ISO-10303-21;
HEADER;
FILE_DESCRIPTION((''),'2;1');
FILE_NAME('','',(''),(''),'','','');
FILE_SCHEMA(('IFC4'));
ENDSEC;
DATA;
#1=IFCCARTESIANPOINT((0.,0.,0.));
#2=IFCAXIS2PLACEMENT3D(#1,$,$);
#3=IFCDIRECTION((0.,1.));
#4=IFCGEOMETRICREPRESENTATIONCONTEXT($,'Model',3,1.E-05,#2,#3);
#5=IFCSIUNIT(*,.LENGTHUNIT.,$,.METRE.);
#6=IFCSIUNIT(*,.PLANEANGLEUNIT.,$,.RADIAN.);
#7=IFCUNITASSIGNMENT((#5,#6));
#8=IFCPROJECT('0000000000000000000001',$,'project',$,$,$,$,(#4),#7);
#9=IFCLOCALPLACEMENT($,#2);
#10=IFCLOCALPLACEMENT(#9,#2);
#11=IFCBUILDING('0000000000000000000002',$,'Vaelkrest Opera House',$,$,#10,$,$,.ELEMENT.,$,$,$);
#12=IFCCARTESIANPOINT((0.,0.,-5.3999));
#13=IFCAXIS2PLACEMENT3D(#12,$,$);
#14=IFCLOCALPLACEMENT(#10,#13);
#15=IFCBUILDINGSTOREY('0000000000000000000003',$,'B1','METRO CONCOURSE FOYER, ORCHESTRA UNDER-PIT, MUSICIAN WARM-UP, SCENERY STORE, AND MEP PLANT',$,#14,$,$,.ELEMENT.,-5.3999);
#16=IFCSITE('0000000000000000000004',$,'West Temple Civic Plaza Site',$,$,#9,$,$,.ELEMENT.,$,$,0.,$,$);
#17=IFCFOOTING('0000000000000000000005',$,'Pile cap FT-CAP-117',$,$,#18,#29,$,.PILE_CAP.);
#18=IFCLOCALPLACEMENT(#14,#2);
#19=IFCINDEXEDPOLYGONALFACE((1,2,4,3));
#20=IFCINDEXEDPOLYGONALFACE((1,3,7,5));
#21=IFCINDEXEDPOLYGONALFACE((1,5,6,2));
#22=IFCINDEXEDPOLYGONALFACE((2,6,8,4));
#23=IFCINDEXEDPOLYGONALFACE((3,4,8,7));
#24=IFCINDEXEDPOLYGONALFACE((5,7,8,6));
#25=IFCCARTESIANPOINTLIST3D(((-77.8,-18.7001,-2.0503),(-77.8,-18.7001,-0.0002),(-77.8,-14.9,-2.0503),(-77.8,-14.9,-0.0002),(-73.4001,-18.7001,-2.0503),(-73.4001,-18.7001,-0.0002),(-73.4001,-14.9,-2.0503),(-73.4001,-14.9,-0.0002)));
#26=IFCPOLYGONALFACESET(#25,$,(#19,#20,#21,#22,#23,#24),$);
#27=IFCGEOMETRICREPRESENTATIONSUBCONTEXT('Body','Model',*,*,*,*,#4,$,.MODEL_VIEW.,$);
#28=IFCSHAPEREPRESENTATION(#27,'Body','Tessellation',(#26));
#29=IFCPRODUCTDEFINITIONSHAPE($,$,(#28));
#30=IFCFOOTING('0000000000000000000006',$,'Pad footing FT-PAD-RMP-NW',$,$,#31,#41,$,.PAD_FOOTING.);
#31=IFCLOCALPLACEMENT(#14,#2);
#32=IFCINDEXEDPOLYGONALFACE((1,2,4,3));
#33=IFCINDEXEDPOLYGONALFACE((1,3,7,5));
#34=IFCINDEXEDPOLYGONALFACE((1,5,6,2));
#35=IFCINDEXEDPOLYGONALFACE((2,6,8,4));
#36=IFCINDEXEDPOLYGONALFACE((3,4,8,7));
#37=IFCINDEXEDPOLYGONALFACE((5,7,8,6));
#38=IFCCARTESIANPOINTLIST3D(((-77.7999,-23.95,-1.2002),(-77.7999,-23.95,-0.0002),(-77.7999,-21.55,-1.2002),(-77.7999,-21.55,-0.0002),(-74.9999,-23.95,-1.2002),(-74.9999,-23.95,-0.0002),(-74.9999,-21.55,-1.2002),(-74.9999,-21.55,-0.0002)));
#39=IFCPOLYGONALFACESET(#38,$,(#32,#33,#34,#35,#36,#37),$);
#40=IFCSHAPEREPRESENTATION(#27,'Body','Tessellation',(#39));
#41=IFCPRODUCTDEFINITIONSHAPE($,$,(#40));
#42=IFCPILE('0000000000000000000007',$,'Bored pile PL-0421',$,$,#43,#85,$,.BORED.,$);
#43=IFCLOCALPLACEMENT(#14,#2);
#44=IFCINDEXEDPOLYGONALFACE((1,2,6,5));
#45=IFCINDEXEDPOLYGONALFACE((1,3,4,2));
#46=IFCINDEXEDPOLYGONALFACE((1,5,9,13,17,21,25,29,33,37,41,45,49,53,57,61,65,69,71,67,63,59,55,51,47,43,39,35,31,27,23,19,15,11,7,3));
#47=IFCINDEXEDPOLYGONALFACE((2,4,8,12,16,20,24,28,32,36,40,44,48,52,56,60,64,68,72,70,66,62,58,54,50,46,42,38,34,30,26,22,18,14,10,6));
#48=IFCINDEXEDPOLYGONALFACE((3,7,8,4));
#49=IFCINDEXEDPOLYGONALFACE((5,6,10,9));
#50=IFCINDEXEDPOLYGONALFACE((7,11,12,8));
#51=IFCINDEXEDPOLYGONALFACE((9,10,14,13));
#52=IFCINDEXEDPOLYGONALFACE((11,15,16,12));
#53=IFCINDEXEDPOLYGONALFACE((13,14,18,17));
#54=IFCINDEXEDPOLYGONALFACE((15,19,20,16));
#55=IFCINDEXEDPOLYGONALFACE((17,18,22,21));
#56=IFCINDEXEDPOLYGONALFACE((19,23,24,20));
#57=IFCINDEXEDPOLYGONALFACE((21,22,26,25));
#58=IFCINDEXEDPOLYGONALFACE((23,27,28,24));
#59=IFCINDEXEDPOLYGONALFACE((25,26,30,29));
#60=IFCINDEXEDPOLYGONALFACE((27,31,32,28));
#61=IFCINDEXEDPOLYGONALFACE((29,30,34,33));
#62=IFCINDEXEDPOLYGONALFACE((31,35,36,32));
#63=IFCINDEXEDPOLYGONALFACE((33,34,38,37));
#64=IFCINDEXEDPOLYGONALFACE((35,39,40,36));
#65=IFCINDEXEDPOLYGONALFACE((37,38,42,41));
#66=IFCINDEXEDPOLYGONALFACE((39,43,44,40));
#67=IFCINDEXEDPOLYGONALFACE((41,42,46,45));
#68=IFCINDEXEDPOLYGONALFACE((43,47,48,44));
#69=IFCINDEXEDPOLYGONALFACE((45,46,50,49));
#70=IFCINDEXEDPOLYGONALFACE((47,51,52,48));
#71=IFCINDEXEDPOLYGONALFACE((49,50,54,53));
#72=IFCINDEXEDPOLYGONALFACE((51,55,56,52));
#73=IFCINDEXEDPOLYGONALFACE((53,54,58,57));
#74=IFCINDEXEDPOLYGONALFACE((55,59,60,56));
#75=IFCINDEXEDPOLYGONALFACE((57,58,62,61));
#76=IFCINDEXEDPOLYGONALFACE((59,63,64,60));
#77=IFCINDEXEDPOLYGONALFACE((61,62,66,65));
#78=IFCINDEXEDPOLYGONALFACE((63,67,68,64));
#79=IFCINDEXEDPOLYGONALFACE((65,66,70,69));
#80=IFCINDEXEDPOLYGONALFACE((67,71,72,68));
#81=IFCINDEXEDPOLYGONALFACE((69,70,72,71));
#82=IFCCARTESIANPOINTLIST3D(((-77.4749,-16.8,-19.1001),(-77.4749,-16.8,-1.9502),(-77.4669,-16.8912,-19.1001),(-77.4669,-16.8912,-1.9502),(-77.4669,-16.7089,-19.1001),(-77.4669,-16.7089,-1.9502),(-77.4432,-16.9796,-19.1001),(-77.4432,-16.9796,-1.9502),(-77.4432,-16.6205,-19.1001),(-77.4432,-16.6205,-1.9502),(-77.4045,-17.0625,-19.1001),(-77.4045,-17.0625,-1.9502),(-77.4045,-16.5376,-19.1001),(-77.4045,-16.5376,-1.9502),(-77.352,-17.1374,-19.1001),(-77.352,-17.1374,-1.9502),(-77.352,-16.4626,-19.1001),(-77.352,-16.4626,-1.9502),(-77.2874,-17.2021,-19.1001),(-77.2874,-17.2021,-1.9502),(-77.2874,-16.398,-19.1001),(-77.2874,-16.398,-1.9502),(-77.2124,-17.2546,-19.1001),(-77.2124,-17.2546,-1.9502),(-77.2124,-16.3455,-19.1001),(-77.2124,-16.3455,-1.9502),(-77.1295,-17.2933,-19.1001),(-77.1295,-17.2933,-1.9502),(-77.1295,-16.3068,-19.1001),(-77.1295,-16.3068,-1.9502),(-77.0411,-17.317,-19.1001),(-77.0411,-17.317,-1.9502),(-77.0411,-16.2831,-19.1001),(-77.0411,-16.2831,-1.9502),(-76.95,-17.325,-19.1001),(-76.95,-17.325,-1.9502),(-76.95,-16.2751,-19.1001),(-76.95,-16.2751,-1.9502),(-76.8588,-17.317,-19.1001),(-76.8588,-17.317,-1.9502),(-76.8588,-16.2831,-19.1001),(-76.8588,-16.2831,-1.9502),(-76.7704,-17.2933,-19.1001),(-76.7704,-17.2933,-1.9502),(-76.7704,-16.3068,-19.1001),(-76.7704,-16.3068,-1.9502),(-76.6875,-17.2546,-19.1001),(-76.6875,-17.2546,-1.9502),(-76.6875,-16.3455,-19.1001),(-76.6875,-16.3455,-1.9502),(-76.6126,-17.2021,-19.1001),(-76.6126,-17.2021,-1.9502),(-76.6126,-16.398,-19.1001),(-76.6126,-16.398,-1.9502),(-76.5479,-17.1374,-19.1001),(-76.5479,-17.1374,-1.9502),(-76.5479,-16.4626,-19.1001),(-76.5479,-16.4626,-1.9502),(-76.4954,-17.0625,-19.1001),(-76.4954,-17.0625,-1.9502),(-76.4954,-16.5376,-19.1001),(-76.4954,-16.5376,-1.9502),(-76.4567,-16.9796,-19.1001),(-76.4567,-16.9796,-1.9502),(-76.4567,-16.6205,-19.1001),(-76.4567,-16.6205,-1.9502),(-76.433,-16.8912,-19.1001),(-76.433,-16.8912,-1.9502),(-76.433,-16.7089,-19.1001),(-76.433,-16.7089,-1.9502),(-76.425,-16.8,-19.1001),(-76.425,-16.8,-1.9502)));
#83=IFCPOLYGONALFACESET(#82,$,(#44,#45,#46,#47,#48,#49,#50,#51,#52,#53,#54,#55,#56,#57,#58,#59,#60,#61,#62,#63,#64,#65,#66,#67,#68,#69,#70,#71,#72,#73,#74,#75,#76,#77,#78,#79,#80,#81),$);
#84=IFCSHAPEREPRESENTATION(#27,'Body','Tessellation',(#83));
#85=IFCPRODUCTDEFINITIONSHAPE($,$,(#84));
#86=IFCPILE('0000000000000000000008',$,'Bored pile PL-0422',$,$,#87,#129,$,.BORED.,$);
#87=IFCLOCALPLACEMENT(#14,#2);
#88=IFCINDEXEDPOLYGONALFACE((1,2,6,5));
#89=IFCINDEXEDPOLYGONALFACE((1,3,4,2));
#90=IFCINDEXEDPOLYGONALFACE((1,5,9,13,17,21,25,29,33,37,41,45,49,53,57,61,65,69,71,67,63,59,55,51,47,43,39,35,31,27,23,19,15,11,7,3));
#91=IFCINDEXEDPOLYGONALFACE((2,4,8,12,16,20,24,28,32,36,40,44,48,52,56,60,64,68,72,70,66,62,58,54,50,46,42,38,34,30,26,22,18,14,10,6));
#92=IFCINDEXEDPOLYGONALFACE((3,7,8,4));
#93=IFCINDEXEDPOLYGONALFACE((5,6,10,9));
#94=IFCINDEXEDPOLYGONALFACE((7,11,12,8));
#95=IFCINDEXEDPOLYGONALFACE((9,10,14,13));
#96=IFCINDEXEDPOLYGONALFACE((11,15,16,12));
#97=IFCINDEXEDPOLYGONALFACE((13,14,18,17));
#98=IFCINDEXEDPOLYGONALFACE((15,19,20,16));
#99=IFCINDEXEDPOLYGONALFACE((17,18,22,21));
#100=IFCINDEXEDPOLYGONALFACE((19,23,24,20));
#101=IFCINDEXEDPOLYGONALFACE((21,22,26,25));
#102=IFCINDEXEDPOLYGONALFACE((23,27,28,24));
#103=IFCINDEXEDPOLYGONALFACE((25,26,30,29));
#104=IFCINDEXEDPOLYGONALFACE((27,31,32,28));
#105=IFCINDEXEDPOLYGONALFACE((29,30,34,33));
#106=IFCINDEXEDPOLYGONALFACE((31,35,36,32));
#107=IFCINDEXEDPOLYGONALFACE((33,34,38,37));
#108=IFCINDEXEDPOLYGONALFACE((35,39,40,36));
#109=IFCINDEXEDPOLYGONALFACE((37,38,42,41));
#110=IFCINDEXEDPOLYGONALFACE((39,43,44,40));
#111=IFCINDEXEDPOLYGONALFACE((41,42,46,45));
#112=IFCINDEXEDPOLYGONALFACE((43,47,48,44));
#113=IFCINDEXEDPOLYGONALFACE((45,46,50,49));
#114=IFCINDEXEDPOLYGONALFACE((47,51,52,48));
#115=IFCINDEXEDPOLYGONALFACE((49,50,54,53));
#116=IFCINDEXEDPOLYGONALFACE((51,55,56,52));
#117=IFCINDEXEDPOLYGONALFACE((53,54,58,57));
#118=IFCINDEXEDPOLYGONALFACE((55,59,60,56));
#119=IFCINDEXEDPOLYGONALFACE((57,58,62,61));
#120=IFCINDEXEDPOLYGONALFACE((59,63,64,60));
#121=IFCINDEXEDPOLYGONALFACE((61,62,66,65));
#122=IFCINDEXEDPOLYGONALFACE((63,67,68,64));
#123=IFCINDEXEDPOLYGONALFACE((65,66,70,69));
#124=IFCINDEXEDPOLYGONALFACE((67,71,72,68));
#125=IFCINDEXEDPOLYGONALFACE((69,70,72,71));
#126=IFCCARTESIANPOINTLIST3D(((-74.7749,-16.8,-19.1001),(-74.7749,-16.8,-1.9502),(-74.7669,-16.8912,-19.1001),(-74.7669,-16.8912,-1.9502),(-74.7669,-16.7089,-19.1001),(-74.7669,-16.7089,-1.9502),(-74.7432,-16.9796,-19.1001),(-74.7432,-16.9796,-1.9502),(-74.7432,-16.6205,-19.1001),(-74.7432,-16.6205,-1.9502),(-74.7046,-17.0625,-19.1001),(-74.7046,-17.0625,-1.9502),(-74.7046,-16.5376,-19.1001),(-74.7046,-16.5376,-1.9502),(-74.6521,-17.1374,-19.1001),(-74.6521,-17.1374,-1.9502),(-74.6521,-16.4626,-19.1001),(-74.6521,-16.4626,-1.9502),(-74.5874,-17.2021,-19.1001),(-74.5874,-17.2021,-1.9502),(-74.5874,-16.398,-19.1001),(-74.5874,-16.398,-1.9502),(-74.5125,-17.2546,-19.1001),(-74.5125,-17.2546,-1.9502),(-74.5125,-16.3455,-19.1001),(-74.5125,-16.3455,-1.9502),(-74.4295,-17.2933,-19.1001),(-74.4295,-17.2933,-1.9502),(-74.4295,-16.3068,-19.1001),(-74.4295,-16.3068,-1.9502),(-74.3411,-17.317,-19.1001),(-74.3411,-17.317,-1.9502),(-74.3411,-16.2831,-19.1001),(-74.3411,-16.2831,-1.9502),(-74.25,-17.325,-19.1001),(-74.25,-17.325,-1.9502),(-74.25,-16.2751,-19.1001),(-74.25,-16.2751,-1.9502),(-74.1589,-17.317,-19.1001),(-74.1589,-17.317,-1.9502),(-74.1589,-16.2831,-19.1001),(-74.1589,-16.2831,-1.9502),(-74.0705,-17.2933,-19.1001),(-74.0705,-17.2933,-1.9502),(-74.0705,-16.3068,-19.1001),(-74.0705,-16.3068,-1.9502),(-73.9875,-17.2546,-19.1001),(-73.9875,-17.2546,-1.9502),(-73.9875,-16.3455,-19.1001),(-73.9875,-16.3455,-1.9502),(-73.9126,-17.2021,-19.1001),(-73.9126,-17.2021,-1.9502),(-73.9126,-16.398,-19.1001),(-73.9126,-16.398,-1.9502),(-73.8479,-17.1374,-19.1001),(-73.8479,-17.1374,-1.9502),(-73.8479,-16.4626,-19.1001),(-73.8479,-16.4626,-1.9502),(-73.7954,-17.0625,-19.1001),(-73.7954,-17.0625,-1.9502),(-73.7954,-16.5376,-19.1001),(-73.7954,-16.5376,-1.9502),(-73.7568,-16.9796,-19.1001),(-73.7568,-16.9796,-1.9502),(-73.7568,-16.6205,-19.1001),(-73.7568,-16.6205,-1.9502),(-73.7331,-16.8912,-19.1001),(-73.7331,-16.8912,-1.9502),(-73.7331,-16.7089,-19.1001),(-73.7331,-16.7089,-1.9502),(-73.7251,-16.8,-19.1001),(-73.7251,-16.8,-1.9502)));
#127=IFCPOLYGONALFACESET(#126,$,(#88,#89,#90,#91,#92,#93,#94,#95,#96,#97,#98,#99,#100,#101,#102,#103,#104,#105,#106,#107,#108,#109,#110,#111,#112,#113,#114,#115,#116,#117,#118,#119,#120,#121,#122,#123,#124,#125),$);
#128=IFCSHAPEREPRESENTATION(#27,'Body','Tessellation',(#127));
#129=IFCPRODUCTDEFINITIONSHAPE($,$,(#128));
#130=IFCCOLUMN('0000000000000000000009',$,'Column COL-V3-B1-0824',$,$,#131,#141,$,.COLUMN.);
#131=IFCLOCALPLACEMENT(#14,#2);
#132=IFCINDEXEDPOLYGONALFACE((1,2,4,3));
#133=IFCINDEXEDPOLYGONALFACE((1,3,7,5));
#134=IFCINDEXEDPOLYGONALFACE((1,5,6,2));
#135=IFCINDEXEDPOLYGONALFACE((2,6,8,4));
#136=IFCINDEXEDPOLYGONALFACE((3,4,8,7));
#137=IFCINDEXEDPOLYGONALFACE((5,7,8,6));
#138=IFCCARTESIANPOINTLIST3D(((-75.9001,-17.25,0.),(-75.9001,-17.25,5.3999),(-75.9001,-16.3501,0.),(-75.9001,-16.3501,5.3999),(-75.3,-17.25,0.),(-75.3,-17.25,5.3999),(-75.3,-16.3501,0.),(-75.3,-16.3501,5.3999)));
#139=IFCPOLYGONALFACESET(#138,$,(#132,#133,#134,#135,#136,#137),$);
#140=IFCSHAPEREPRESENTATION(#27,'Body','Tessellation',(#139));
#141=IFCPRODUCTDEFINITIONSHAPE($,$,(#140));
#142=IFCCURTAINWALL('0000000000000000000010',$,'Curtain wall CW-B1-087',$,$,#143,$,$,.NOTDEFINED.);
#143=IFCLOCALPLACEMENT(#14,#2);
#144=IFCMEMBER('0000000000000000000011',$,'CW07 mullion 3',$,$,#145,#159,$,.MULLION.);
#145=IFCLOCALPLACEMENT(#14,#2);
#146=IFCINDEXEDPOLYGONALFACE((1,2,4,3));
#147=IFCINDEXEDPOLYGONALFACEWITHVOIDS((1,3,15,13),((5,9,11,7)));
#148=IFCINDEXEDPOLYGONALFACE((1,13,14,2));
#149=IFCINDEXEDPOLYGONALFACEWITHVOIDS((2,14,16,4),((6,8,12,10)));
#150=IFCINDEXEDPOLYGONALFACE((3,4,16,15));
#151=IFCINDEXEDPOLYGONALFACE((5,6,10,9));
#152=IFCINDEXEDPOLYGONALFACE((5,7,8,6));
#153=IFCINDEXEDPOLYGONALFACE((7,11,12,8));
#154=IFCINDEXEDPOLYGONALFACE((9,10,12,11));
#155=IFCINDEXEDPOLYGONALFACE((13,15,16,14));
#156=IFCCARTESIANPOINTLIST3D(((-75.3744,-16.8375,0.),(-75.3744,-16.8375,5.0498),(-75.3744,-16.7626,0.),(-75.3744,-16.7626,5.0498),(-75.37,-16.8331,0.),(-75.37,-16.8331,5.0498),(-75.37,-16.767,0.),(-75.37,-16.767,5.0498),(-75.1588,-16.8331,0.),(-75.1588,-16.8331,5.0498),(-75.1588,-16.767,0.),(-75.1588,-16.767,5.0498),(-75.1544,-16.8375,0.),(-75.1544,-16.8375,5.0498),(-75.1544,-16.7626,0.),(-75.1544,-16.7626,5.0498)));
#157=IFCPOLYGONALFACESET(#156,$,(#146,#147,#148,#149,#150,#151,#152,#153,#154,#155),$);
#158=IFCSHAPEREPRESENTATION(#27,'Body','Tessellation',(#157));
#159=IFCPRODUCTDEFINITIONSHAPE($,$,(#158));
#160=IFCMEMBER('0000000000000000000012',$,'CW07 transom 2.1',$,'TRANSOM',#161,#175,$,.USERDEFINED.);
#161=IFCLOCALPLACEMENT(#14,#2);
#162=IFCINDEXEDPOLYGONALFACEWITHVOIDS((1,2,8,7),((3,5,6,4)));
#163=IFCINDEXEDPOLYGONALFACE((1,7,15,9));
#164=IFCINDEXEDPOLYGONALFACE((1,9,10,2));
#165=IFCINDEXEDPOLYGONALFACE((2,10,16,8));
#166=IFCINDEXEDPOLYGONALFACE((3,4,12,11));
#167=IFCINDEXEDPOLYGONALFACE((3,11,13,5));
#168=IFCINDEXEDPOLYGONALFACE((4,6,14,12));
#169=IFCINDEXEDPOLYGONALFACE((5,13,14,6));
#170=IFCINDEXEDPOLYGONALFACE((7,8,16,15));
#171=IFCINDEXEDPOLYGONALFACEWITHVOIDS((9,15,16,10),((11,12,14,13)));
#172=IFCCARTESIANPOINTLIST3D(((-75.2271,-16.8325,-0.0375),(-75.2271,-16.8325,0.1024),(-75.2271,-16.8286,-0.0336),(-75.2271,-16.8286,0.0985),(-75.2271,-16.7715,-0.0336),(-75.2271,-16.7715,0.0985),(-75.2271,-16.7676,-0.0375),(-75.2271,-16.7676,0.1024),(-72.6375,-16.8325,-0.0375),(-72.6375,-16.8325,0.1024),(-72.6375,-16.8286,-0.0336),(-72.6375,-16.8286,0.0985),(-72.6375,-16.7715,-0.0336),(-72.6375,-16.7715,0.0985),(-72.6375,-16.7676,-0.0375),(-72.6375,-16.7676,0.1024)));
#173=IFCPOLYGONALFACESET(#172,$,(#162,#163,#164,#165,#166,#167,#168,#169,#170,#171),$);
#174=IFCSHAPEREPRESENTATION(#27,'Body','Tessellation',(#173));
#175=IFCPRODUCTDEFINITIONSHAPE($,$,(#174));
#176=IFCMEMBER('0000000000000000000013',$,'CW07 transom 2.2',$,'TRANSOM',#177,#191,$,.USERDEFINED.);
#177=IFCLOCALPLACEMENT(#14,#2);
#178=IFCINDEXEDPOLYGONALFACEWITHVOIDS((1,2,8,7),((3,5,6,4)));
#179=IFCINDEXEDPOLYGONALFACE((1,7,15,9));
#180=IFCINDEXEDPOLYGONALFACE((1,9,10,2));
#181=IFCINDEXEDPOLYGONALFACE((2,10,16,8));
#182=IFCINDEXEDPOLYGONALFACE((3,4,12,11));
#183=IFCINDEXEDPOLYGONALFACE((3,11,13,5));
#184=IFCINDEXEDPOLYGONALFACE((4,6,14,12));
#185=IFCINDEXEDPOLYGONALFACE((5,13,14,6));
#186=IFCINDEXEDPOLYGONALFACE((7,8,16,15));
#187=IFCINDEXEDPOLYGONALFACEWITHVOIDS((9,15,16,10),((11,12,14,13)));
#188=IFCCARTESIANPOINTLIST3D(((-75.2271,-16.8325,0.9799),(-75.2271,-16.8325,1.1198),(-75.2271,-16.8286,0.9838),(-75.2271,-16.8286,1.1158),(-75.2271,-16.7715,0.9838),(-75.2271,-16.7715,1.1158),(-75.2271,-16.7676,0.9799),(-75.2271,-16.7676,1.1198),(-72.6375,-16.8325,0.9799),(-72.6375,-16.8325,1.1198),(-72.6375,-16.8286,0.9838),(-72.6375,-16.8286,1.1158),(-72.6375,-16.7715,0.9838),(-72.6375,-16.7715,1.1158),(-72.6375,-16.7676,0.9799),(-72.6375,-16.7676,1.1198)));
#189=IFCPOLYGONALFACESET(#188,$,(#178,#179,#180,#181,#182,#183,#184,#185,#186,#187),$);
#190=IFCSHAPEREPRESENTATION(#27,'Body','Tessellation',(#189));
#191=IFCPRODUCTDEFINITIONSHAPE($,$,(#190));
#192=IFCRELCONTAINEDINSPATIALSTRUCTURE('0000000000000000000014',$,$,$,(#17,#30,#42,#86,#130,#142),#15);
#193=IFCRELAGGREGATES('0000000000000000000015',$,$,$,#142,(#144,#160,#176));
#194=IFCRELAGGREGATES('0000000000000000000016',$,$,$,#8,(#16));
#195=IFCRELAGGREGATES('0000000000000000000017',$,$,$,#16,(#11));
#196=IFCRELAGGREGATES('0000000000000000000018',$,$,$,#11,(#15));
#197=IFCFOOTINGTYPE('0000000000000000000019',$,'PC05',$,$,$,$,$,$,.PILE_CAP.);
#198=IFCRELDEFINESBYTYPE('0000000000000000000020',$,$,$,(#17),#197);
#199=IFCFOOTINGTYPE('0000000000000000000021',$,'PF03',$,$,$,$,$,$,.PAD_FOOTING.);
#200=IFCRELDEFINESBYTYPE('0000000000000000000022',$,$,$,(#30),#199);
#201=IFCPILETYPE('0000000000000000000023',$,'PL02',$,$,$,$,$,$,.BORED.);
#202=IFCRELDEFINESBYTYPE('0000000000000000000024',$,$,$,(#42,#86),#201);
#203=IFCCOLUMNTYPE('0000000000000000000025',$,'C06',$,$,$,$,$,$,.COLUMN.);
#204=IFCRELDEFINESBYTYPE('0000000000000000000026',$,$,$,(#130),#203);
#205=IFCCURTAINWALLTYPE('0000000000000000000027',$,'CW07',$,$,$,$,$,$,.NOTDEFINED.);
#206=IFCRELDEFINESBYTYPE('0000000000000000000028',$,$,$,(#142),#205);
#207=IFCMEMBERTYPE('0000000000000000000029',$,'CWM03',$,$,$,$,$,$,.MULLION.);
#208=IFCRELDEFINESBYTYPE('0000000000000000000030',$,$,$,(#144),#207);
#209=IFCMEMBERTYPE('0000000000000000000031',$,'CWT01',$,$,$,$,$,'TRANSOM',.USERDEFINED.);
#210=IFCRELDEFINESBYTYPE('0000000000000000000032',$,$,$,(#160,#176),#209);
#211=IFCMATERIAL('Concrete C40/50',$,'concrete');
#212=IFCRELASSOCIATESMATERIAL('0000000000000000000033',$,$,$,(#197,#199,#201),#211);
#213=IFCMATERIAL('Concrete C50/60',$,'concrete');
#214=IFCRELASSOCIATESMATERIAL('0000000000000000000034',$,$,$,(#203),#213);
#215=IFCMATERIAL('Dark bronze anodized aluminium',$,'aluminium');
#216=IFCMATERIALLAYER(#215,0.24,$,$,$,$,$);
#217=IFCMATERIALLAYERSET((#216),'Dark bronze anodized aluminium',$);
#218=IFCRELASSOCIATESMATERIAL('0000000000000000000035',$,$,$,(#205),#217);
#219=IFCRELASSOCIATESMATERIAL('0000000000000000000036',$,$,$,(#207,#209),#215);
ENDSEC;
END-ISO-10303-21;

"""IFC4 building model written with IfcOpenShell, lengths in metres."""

from ifc_helpers import new_model, si_unit, direction, frame, origin, origin_2d, place, context, subcontext, project, spatial, rectangle, hollow_rectangle, circle, extrude, material, layer, layer_set, material_profile, profile_set, type_object, element, aggregate, save


model = new_model("IFC4")

# Units and contexts
model_context = context("Model", 3, precision=1e-05, world=origin(), true_north=direction((0.0, 1.0)))
body_context = subcontext(model_context, "Body", "Model", "MODEL_VIEW")
ifc_project = project(units=[si_unit("LENGTHUNIT", "METRE"), si_unit("PLANEANGLEUNIT", "RADIAN")], contexts=[model_context])

# Site, building, storey
site_placement = place(None, origin())
site = spatial("IfcSite", under=ifc_project, at=site_placement, Name="West Temple Civic Plaza Site", CompositionType="ELEMENT", RefElevation=0.0)
building_placement = place(site_placement, origin())
building = spatial("IfcBuilding", under=site, at=building_placement, Name="Vaelkrest Opera House", CompositionType="ELEMENT")
storey_placement = place(building_placement, frame((0.0, 0.0, -5.3999)))
storey = spatial("IfcBuildingStorey", under=building, at=storey_placement, Name="B1", Description="METRO CONCOURSE FOYER, ORCHESTRA UNDER-PIT, MUSICIAN WARM-UP, SCENERY STORE, AND MEP PLANT", CompositionType="ELEMENT", Elevation=-5.3999)

# Footings
ifc_material_1 = material(Name="Concrete C40/50", Category="concrete")
footing_type_1 = type_object("IfcFootingType", Name="PC05", PredefinedType="PILE_CAP", material=ifc_material_1)
footing_1_placement = place(storey_placement, frame((-75.6001, -16.8, -2.0503), z_axis=(0.0, 0.0, 1.0), x_axis=(1.0, 0.0, 0.0)))
element("IfcFooting", 1, at=footing_1_placement, inside=storey, type_object=footing_type_1, Name="Pile cap FT-CAP-117", PredefinedType="PILE_CAP", context=body_context, shape_type="SweptSolid", body=[
    extrude(rectangle(XDim=4.3999, YDim=3.8, at=origin_2d()), origin(), (0.0, 0.0, 1.0), 2.05),
])
footing_type_2 = type_object("IfcFootingType", Name="PF03", PredefinedType="PAD_FOOTING", material=ifc_material_1)
footing_2_placement = place(storey_placement, frame((-76.3999, -22.75, -1.2002), z_axis=(0.0, 0.0, 1.0), x_axis=(1.0, 0.0, 0.0)))
element("IfcFooting", 2, at=footing_2_placement, inside=storey, type_object=footing_type_2, Name="Pad footing FT-PAD-RMP-NW", PredefinedType="PAD_FOOTING", context=body_context, shape_type="SweptSolid", body=[
    extrude(rectangle(XDim=2.8, YDim=2.3999, at=origin_2d()), origin(), (0.0, 0.0, 1.0), 1.2),
])

# Piles
ifc_material_profile_1 = material_profile(ifc_material_1, circle(Radius=0.5249, at=origin_2d()), Name="PILE1050")
ifc_profile_set_1 = profile_set([ifc_material_profile_1], Name="Concrete C40/50")
pile_type = type_object("IfcPileType", Name="PL02", PredefinedType="BORED", material=ifc_profile_set_1)
for number, where, z_axis, x_axis, name in (
    (3, (-76.95, -16.8, -1.9502), (0.0, 0.0, -1.0), (1.0, 0.0, 0.0), "Bored pile PL-0421"),
    (4, (-74.25, -16.8, -1.9502), (0.0, 0.0, -1.0), (1.0, 0.0, 0.0), "Bored pile PL-0422"),
):
    element("IfcPile", number, at=place(storey_placement, frame(where, z_axis=z_axis, x_axis=x_axis)), inside=storey, type_object=pile_type, Name=name, PredefinedType="BORED", context=body_context, shape_type="SweptSolid", body=[
        extrude(circle(Radius=0.5249, at=origin_2d()), origin(), (0.0, 0.0, 1.0), 17.1499),
    ])

# Column
ifc_material_2 = material(Name="Concrete C50/60", Category="concrete")
ifc_material_profile_2 = material_profile(ifc_material_2, rectangle(XDim=0.6001, YDim=0.8999, at=origin_2d()), Name="RC600X900")
ifc_profile_set_2 = profile_set([ifc_material_profile_2], Name="Concrete C50/60")
column_type = type_object("IfcColumnType", Name="C06", PredefinedType="COLUMN", material=ifc_profile_set_2)
column_placement = place(storey_placement, frame((-75.6001, -16.8, 0.0), z_axis=(0.0, 0.0, 1.0), x_axis=(1.0, 0.0, 0.0)))
element("IfcColumn", 5, at=column_placement, inside=storey, type_object=column_type, Name="Column COL-V3-B1-0824", PredefinedType="COLUMN", context=body_context, shape_type="SweptSolid", body=[
    extrude(rectangle(XDim=0.6001, YDim=0.8999, at=origin_2d()), origin(), (0.0, 0.0, 1.0), 5.3999),
])

# Curtain wall, members
ifc_material_3 = material(Name="Dark bronze anodized aluminium", Category="aluminium")
ifc_layer_1 = layer(ifc_material_3, 0.24)
ifc_layer_set_1 = layer_set([ifc_layer_1], Name="Dark bronze anodized aluminium")
curtain_wall_type = type_object("IfcCurtainWallType", Name="CW07", PredefinedType="NOTDEFINED", material=ifc_layer_set_1)
curtain_wall_placement = place(storey_placement, origin())
curtain_wall = element("IfcCurtainWall", 6, at=curtain_wall_placement, inside=storey, type_object=curtain_wall_type, Name="Curtain wall CW-B1-087", PredefinedType="NOTDEFINED")
ifc_material_profile_3 = material_profile(ifc_material_3, hollow_rectangle(XDim=0.075, YDim=0.22, WallThickness=0.0044, at=origin_2d()), Name="CWM75X220")
ifc_profile_set_3 = profile_set([ifc_material_profile_3], Name="Dark bronze anodized aluminium")
member_type_1 = type_object("IfcMemberType", Name="CWM03", PredefinedType="MULLION", material=ifc_profile_set_3)
member_1_placement = place(storey_placement, frame((-75.2644, -16.8, 0.0), z_axis=(0.0, 0.0, 1.0), x_axis=(0.0, -1.0, 0.0)))
member_1 = element("IfcMember", 7, at=member_1_placement, type_object=member_type_1, Name="CW07 mullion 3", PredefinedType="MULLION", context=body_context, shape_type="SweptSolid", body=[
    extrude(hollow_rectangle(XDim=0.075, YDim=0.22, WallThickness=0.0044, at=origin_2d()), origin(), (0.0, 0.0, 1.0), 5.0498),
])
ifc_material_profile_4 = material_profile(ifc_material_3, hollow_rectangle(XDim=0.0649, YDim=0.1399, WallThickness=0.0039, at=origin_2d()), Name="CWT65X140")
ifc_profile_set_4 = profile_set([ifc_material_profile_4], Name="Dark bronze anodized aluminium")
member_type_2 = type_object("IfcMemberType", Name="CWT01", ElementType="TRANSOM", PredefinedType="USERDEFINED", material=ifc_profile_set_4)
member_2_placement = place(storey_placement, frame((-72.6375, -16.8, 0.0325), z_axis=(-1.0, 0.0, 0.0), x_axis=(0.0, -1.0, 0.0)))
member_2 = element("IfcMember", 8, at=member_2_placement, type_object=member_type_2, Name="CW07 transom 2.1", ObjectType="TRANSOM", PredefinedType="USERDEFINED", context=body_context, shape_type="SweptSolid", body=[
    extrude(hollow_rectangle(XDim=0.0649, YDim=0.1399, WallThickness=0.0039, at=origin_2d()), origin(), (0.0, 0.0, 1.0), 2.5896),
])
member_3_placement = place(storey_placement, frame((-72.6375, -16.8, 1.0498), z_axis=(-1.0, 0.0, 0.0), x_axis=(0.0, -1.0, 0.0)))
member_3 = element("IfcMember", 9, at=member_3_placement, type_object=member_type_2, Name="CW07 transom 2.2", ObjectType="TRANSOM", PredefinedType="USERDEFINED", context=body_context, shape_type="SweptSolid", body=[
    extrude(hollow_rectangle(XDim=0.0649, YDim=0.1399, WallThickness=0.0039, at=origin_2d()), origin(), (0.0, 0.0, 1.0), 2.5896),
])
aggregate(curtain_wall, [member_1, member_2, member_3])

save(model, "model.ifc")
